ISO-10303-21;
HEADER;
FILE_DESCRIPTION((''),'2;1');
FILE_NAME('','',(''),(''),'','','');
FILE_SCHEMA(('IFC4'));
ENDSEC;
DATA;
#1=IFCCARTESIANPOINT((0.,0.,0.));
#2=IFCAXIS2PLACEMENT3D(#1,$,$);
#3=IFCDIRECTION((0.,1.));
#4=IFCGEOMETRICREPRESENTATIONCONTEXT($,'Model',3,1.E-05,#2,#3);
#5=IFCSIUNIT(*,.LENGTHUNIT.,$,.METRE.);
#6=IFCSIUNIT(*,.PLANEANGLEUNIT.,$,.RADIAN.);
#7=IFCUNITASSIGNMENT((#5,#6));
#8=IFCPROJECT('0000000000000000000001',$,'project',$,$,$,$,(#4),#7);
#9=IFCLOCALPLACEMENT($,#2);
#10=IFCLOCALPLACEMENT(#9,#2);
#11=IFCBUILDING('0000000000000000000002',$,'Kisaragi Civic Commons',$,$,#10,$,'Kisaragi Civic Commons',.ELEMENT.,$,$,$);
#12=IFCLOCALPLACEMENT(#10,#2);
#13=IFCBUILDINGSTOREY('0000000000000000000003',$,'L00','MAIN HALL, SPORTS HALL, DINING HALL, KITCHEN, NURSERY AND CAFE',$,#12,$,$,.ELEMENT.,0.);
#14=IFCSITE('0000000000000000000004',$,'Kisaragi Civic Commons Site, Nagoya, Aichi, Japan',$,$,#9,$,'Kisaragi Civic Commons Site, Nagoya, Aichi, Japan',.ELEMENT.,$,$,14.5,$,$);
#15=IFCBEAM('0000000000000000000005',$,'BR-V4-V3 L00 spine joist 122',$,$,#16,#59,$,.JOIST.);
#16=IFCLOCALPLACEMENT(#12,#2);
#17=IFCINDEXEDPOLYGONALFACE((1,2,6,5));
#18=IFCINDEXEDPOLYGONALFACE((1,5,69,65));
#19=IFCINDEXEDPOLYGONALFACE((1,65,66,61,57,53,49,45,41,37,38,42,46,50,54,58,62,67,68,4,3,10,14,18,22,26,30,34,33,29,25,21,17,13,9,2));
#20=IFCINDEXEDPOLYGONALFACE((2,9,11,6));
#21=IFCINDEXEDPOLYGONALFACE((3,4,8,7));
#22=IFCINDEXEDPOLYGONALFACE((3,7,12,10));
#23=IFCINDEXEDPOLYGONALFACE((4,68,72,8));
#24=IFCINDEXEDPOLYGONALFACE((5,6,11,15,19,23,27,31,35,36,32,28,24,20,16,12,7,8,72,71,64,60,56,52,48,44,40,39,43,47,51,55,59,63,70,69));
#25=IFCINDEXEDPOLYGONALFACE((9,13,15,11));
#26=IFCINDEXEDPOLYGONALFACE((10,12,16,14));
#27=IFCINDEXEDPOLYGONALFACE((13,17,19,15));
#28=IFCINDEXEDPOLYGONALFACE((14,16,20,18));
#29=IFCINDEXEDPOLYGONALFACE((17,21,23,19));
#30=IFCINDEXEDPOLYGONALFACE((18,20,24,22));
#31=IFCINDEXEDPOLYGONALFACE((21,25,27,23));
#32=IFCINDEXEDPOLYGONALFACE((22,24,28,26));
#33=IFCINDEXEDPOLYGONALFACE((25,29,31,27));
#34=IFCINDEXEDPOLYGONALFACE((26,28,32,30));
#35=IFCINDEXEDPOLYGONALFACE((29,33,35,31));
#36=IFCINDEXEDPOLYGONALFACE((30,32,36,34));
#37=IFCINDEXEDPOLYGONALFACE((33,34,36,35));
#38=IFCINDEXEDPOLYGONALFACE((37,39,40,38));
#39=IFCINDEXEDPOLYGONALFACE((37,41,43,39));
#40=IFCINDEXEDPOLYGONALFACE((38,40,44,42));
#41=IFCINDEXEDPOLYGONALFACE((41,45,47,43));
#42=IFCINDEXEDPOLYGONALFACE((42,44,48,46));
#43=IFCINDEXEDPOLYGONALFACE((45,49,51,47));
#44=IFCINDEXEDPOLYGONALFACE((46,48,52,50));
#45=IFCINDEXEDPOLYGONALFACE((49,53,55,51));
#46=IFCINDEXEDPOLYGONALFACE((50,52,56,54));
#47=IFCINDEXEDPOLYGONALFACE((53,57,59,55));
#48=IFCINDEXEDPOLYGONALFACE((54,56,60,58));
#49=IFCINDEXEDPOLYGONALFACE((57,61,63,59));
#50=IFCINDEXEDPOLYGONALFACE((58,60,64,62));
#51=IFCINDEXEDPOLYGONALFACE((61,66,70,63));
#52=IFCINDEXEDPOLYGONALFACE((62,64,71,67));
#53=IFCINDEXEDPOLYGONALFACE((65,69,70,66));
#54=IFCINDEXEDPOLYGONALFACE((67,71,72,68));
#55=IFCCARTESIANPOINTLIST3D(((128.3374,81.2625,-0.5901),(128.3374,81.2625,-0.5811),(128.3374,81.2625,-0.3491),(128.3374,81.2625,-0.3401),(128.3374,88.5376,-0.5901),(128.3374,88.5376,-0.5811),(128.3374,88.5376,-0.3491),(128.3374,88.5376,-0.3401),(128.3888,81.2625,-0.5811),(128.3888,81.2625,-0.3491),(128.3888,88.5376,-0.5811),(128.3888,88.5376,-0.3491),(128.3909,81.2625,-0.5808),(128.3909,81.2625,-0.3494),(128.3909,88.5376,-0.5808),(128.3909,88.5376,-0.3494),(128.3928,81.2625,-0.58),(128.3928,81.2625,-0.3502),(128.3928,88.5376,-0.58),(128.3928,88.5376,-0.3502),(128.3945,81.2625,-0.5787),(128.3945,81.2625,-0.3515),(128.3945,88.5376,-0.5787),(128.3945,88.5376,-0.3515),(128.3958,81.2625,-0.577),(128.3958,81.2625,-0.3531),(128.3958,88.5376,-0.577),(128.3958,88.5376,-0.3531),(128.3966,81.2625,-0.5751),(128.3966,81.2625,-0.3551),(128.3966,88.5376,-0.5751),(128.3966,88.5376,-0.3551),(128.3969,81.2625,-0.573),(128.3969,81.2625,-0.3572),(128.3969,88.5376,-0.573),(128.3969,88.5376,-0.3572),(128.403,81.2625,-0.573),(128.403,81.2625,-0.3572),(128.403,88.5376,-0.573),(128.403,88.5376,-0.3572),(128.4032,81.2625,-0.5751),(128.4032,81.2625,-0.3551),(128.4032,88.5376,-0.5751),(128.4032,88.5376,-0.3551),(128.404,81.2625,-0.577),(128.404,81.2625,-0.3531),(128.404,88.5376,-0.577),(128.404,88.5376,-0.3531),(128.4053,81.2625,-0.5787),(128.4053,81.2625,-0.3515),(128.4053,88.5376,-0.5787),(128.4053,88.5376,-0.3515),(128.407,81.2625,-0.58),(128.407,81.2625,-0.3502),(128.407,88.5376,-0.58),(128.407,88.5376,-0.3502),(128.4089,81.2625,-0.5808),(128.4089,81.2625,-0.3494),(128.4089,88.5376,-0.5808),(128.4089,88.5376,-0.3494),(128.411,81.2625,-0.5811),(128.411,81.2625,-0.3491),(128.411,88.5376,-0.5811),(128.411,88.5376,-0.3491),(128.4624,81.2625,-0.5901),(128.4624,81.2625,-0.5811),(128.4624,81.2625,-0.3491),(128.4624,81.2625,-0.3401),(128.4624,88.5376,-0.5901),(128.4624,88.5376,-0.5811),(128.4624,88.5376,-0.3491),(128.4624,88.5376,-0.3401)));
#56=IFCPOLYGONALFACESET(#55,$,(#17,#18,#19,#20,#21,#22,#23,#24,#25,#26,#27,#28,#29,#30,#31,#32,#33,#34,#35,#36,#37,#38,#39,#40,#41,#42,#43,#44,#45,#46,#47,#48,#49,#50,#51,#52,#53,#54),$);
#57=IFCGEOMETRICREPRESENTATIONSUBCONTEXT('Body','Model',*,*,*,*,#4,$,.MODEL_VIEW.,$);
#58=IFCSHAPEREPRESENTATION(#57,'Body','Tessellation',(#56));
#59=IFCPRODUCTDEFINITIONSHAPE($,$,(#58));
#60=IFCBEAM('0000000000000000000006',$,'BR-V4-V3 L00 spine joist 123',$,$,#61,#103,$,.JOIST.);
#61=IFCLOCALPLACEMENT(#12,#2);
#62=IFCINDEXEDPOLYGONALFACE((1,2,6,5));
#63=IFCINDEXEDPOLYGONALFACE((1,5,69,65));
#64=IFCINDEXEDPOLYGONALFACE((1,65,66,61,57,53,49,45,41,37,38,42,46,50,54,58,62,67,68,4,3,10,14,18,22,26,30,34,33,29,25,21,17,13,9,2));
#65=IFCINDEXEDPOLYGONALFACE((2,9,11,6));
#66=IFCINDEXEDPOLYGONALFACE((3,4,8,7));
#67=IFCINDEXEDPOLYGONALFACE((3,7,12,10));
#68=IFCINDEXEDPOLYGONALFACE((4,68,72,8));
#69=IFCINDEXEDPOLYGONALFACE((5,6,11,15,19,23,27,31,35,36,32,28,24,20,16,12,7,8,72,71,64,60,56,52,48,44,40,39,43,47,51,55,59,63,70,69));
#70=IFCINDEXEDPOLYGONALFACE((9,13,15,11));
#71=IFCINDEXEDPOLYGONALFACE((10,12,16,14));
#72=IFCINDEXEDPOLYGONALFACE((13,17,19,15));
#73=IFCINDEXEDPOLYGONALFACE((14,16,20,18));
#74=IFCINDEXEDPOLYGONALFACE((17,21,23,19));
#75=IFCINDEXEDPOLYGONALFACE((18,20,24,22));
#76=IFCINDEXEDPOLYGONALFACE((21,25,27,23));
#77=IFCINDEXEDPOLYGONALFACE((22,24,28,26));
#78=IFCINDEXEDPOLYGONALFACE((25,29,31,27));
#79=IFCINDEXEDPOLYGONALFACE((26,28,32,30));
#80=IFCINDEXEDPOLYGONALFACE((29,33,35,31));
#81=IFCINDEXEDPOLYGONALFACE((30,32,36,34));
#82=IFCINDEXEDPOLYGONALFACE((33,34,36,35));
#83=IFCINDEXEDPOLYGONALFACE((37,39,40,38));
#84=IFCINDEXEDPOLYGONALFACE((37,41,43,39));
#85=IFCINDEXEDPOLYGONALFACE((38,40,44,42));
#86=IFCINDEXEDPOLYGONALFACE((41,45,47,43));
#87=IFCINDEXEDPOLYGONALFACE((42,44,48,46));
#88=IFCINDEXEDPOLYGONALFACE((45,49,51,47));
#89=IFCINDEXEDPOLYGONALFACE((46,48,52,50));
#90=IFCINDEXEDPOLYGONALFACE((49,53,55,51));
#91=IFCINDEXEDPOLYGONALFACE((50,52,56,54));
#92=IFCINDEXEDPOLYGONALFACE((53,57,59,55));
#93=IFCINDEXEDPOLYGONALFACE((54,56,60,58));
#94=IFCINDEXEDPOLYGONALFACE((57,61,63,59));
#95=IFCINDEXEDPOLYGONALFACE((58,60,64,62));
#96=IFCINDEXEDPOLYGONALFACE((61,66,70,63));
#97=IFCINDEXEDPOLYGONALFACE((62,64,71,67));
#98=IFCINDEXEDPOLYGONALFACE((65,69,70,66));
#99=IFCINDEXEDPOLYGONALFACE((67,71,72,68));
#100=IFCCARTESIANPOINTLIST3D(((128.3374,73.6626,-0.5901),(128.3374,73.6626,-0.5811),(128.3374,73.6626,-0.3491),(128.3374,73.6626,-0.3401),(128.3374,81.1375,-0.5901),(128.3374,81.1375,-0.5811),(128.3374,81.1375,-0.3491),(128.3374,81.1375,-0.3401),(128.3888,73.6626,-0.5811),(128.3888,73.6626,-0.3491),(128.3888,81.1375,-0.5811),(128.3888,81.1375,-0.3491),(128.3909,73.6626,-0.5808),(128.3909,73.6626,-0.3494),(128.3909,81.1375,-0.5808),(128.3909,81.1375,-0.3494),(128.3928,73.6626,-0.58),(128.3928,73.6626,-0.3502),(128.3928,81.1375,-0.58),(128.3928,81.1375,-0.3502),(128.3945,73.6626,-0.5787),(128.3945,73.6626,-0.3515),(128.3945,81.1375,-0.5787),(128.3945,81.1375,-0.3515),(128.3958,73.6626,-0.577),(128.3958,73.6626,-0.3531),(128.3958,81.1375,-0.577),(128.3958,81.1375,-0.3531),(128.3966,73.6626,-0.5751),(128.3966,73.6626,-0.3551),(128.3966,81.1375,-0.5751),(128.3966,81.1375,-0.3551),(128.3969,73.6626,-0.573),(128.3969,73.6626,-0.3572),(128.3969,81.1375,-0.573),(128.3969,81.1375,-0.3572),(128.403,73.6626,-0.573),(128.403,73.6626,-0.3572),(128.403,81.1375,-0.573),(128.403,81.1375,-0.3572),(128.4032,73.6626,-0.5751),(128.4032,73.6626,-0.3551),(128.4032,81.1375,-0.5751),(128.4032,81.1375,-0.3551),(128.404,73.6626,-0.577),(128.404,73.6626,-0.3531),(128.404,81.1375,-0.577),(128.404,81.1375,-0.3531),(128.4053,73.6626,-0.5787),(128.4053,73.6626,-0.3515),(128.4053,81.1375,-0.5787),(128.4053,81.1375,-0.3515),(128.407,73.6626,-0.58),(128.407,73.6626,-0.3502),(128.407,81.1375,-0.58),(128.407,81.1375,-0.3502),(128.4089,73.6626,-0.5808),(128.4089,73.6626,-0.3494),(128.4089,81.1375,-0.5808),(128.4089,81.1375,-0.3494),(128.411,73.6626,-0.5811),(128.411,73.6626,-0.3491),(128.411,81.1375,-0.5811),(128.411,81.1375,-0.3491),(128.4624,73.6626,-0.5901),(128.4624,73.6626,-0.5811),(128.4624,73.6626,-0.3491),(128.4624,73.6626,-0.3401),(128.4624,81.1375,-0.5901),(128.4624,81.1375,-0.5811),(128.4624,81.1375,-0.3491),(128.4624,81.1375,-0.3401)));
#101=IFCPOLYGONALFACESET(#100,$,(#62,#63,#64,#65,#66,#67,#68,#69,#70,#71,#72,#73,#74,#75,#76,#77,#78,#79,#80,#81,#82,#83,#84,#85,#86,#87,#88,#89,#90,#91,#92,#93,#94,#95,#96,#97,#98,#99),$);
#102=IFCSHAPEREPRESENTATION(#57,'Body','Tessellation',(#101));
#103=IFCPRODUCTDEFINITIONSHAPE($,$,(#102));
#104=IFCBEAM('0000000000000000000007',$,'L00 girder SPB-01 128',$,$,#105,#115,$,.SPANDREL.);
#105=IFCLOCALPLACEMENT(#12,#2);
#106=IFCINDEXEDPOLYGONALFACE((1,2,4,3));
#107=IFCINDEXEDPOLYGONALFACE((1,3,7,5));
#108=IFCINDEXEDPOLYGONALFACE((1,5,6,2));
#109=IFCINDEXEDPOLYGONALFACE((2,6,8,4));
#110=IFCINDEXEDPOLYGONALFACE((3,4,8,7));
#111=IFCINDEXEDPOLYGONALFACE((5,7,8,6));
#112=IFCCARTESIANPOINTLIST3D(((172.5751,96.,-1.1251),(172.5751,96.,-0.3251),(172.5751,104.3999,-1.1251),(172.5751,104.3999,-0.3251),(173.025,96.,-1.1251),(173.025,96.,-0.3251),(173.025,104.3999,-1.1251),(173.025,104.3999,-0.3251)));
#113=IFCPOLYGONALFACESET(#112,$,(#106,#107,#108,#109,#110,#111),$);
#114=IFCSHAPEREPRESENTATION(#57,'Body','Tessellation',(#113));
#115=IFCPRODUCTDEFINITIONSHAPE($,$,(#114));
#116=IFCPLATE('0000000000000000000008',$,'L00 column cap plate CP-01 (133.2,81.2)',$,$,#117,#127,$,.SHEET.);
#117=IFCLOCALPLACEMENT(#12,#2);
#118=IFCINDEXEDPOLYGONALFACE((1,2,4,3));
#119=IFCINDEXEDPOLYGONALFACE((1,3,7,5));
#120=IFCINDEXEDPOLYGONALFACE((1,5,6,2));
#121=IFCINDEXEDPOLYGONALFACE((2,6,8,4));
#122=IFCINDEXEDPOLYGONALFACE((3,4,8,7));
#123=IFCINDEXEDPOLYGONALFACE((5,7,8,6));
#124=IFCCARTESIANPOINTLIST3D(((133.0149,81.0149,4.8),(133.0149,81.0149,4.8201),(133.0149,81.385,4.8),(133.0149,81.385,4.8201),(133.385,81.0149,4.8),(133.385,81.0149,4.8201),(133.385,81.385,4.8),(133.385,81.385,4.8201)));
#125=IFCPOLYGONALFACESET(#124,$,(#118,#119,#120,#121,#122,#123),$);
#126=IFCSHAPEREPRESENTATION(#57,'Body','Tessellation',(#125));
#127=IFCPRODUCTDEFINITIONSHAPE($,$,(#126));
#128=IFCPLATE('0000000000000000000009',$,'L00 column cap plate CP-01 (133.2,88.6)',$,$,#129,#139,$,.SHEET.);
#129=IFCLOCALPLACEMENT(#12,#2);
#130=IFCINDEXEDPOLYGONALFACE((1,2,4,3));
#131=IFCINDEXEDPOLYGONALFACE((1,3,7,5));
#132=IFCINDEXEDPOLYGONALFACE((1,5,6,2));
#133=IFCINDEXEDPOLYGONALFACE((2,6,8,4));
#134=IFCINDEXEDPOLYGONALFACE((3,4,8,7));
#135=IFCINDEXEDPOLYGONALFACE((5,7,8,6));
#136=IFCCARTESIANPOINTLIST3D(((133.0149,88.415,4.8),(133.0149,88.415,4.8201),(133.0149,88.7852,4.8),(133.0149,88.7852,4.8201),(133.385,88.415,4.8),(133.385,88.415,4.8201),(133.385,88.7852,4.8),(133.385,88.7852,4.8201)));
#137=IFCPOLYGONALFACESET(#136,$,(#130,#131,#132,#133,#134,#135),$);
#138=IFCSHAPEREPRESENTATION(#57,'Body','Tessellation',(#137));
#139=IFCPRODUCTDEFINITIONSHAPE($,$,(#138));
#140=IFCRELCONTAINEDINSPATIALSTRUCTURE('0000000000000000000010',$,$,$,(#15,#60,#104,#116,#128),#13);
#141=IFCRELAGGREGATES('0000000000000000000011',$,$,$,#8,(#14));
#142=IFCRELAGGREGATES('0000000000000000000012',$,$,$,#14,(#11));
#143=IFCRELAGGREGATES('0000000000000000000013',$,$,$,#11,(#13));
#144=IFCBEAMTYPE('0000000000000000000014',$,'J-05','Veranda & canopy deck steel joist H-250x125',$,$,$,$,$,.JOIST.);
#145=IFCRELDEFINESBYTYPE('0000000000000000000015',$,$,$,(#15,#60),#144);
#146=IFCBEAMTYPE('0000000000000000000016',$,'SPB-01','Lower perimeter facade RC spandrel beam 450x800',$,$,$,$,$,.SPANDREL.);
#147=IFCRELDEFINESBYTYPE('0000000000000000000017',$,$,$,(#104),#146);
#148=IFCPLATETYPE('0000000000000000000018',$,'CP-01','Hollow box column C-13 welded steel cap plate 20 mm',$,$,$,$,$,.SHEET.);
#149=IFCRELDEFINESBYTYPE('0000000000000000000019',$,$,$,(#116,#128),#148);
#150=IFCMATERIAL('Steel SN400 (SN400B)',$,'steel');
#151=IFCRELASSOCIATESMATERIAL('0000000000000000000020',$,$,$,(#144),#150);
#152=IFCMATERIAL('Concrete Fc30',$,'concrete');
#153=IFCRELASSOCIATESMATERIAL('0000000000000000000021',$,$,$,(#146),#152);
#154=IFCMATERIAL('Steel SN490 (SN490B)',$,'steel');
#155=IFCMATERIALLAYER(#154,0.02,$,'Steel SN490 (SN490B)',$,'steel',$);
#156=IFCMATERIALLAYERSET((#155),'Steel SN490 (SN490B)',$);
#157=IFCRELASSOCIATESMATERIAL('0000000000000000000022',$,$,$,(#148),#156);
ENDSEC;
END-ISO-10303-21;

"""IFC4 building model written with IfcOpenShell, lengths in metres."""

from ifc_helpers import new_model, si_unit, direction, frame, origin, origin_2d, place, context, subcontext, project, spatial, rectangle, i_section, extrude, material, layer, layer_set, material_profile, profile_set, type_object, element, save


model = new_model("IFC4")

# Units and contexts
model_context = context("Model", 3, precision=1e-05, world=origin(), true_north=direction((0.0, 1.0)))
body_context = subcontext(model_context, "Body", "Model", "MODEL_VIEW")
ifc_project = project(units=[si_unit("LENGTHUNIT", "METRE"), si_unit("PLANEANGLEUNIT", "RADIAN")], contexts=[model_context])

# Site, building, storey
site_placement = place(None, origin())
site = spatial("IfcSite", under=ifc_project, at=site_placement, Name="Kisaragi Civic Commons Site, Nagoya, Aichi, Japan", LongName="Kisaragi Civic Commons Site, Nagoya, Aichi, Japan", CompositionType="ELEMENT", RefElevation=14.5)
building_placement = place(site_placement, origin())
building = spatial("IfcBuilding", under=site, at=building_placement, Name="Kisaragi Civic Commons", LongName="Kisaragi Civic Commons", CompositionType="ELEMENT")
storey_placement = place(building_placement, origin())
storey = spatial("IfcBuildingStorey", under=building, at=storey_placement, Name="L00", Description="MAIN HALL, SPORTS HALL, DINING HALL, KITCHEN, NURSERY AND CAFE", CompositionType="ELEMENT", Elevation=0.0)

# Beams
ifc_material_1 = material(Name="Steel SN490 (SN490B)", Category="steel")
ifc_material_2 = material(Name="Steel SN400 (SN400B)", Category="steel")
ifc_material_profile_1 = material_profile(ifc_material_2, i_section(OverallWidth=0.125, OverallDepth=0.25, WebThickness=0.0061, FlangeThickness=0.009, FilletRadius=0.0081, at=origin_2d()), Name="H-250x125x6x9", Category="steel")
ifc_profile_set_1 = profile_set([ifc_material_profile_1], Name="Steel SN400 (SN400B)")
beam_type_1 = type_object("IfcBeamType", Name="J-05", Description="Veranda & canopy deck steel joist H-250x125", PredefinedType="JOIST", material=ifc_profile_set_1)
beam_1_placement = place(storey_placement, frame((128.3999, 88.5376, -0.4651), z_axis=(0.0, -1.0, 0.0), x_axis=(1.0, 0.0, 0.0)))
element("IfcBeam", 1, at=beam_1_placement, inside=storey, type_object=beam_type_1, Name="BR-V4-V3 L00 spine joist 122", PredefinedType="JOIST", context=body_context, shape_type="SweptSolid", body=[
    extrude(i_section(OverallWidth=0.125, OverallDepth=0.25, WebThickness=0.0061, FlangeThickness=0.009, FilletRadius=0.0081, at=origin_2d()), origin(), (0.0, 0.0, 1.0), 7.2751),
])
beam_2_placement = place(storey_placement, frame((128.3999, 81.1375, -0.4651), z_axis=(0.0, -1.0, 0.0), x_axis=(1.0, 0.0, 0.0)))
element("IfcBeam", 2, at=beam_2_placement, inside=storey, type_object=beam_type_1, Name="BR-V4-V3 L00 spine joist 123", PredefinedType="JOIST", context=body_context, shape_type="SweptSolid", body=[
    extrude(i_section(OverallWidth=0.125, OverallDepth=0.25, WebThickness=0.0061, FlangeThickness=0.009, FilletRadius=0.0081, at=origin_2d()), origin(), (0.0, 0.0, 1.0), 7.4749),
])
ifc_material_3 = material(Name="Concrete Fc30", Category="concrete")
ifc_material_profile_2 = material_profile(ifc_material_3, rectangle(XDim=0.45, YDim=0.8, at=origin_2d()), Name="RC-450x800", Category="concrete")
ifc_profile_set_2 = profile_set([ifc_material_profile_2], Name="Concrete Fc30")
beam_type_2 = type_object("IfcBeamType", Name="SPB-01", Description="Lower perimeter facade RC spandrel beam 450x800", PredefinedType="SPANDREL", material=ifc_profile_set_2)
beam_3_placement = place(storey_placement, frame((172.8, 96.0, -0.7251), z_axis=(0.0, 1.0, 0.0), x_axis=(-1.0, 0.0, 0.0)))
element("IfcBeam", 3, at=beam_3_placement, inside=storey, type_object=beam_type_2, Name="L00 girder SPB-01 128", PredefinedType="SPANDREL", context=body_context, shape_type="SweptSolid", body=[
    extrude(rectangle(XDim=0.45, YDim=0.8, at=origin_2d()), origin(), (0.0, 0.0, 1.0), 8.3999),
])

# Plates
ifc_layer_1 = layer(ifc_material_1, 0.02, Name="Steel SN490 (SN490B)", Category="steel")
ifc_layer_set_1 = layer_set([ifc_layer_1], Name="Steel SN490 (SN490B)")
plate_type = type_object("IfcPlateType", Name="CP-01", Description="Hollow box column C-13 welded steel cap plate 20 mm", PredefinedType="SHEET", material=ifc_layer_set_1)
for number, where, z_axis, x_axis, name in (
    (4, (133.2, 81.2, 4.8), (0.0, 0.0, 1.0), (1.0, 0.0, 0.0), "L00 column cap plate CP-01 (133.2,81.2)"),
    (5, (133.2, 88.6001, 4.8), (0.0, 0.0, 1.0), (1.0, 0.0, 0.0), "L00 column cap plate CP-01 (133.2,88.6)"),
):
    element("IfcPlate", number, at=place(storey_placement, frame(where, z_axis=z_axis, x_axis=x_axis)), inside=storey, type_object=plate_type, Name=name, PredefinedType="SHEET", context=body_context, shape_type="SweptSolid", body=[
        extrude(rectangle(XDim=0.3701, YDim=0.3701, at=origin_2d()), origin(), (0.0, 0.0, 1.0), 0.02),
    ])

save(model, "model.ifc")
